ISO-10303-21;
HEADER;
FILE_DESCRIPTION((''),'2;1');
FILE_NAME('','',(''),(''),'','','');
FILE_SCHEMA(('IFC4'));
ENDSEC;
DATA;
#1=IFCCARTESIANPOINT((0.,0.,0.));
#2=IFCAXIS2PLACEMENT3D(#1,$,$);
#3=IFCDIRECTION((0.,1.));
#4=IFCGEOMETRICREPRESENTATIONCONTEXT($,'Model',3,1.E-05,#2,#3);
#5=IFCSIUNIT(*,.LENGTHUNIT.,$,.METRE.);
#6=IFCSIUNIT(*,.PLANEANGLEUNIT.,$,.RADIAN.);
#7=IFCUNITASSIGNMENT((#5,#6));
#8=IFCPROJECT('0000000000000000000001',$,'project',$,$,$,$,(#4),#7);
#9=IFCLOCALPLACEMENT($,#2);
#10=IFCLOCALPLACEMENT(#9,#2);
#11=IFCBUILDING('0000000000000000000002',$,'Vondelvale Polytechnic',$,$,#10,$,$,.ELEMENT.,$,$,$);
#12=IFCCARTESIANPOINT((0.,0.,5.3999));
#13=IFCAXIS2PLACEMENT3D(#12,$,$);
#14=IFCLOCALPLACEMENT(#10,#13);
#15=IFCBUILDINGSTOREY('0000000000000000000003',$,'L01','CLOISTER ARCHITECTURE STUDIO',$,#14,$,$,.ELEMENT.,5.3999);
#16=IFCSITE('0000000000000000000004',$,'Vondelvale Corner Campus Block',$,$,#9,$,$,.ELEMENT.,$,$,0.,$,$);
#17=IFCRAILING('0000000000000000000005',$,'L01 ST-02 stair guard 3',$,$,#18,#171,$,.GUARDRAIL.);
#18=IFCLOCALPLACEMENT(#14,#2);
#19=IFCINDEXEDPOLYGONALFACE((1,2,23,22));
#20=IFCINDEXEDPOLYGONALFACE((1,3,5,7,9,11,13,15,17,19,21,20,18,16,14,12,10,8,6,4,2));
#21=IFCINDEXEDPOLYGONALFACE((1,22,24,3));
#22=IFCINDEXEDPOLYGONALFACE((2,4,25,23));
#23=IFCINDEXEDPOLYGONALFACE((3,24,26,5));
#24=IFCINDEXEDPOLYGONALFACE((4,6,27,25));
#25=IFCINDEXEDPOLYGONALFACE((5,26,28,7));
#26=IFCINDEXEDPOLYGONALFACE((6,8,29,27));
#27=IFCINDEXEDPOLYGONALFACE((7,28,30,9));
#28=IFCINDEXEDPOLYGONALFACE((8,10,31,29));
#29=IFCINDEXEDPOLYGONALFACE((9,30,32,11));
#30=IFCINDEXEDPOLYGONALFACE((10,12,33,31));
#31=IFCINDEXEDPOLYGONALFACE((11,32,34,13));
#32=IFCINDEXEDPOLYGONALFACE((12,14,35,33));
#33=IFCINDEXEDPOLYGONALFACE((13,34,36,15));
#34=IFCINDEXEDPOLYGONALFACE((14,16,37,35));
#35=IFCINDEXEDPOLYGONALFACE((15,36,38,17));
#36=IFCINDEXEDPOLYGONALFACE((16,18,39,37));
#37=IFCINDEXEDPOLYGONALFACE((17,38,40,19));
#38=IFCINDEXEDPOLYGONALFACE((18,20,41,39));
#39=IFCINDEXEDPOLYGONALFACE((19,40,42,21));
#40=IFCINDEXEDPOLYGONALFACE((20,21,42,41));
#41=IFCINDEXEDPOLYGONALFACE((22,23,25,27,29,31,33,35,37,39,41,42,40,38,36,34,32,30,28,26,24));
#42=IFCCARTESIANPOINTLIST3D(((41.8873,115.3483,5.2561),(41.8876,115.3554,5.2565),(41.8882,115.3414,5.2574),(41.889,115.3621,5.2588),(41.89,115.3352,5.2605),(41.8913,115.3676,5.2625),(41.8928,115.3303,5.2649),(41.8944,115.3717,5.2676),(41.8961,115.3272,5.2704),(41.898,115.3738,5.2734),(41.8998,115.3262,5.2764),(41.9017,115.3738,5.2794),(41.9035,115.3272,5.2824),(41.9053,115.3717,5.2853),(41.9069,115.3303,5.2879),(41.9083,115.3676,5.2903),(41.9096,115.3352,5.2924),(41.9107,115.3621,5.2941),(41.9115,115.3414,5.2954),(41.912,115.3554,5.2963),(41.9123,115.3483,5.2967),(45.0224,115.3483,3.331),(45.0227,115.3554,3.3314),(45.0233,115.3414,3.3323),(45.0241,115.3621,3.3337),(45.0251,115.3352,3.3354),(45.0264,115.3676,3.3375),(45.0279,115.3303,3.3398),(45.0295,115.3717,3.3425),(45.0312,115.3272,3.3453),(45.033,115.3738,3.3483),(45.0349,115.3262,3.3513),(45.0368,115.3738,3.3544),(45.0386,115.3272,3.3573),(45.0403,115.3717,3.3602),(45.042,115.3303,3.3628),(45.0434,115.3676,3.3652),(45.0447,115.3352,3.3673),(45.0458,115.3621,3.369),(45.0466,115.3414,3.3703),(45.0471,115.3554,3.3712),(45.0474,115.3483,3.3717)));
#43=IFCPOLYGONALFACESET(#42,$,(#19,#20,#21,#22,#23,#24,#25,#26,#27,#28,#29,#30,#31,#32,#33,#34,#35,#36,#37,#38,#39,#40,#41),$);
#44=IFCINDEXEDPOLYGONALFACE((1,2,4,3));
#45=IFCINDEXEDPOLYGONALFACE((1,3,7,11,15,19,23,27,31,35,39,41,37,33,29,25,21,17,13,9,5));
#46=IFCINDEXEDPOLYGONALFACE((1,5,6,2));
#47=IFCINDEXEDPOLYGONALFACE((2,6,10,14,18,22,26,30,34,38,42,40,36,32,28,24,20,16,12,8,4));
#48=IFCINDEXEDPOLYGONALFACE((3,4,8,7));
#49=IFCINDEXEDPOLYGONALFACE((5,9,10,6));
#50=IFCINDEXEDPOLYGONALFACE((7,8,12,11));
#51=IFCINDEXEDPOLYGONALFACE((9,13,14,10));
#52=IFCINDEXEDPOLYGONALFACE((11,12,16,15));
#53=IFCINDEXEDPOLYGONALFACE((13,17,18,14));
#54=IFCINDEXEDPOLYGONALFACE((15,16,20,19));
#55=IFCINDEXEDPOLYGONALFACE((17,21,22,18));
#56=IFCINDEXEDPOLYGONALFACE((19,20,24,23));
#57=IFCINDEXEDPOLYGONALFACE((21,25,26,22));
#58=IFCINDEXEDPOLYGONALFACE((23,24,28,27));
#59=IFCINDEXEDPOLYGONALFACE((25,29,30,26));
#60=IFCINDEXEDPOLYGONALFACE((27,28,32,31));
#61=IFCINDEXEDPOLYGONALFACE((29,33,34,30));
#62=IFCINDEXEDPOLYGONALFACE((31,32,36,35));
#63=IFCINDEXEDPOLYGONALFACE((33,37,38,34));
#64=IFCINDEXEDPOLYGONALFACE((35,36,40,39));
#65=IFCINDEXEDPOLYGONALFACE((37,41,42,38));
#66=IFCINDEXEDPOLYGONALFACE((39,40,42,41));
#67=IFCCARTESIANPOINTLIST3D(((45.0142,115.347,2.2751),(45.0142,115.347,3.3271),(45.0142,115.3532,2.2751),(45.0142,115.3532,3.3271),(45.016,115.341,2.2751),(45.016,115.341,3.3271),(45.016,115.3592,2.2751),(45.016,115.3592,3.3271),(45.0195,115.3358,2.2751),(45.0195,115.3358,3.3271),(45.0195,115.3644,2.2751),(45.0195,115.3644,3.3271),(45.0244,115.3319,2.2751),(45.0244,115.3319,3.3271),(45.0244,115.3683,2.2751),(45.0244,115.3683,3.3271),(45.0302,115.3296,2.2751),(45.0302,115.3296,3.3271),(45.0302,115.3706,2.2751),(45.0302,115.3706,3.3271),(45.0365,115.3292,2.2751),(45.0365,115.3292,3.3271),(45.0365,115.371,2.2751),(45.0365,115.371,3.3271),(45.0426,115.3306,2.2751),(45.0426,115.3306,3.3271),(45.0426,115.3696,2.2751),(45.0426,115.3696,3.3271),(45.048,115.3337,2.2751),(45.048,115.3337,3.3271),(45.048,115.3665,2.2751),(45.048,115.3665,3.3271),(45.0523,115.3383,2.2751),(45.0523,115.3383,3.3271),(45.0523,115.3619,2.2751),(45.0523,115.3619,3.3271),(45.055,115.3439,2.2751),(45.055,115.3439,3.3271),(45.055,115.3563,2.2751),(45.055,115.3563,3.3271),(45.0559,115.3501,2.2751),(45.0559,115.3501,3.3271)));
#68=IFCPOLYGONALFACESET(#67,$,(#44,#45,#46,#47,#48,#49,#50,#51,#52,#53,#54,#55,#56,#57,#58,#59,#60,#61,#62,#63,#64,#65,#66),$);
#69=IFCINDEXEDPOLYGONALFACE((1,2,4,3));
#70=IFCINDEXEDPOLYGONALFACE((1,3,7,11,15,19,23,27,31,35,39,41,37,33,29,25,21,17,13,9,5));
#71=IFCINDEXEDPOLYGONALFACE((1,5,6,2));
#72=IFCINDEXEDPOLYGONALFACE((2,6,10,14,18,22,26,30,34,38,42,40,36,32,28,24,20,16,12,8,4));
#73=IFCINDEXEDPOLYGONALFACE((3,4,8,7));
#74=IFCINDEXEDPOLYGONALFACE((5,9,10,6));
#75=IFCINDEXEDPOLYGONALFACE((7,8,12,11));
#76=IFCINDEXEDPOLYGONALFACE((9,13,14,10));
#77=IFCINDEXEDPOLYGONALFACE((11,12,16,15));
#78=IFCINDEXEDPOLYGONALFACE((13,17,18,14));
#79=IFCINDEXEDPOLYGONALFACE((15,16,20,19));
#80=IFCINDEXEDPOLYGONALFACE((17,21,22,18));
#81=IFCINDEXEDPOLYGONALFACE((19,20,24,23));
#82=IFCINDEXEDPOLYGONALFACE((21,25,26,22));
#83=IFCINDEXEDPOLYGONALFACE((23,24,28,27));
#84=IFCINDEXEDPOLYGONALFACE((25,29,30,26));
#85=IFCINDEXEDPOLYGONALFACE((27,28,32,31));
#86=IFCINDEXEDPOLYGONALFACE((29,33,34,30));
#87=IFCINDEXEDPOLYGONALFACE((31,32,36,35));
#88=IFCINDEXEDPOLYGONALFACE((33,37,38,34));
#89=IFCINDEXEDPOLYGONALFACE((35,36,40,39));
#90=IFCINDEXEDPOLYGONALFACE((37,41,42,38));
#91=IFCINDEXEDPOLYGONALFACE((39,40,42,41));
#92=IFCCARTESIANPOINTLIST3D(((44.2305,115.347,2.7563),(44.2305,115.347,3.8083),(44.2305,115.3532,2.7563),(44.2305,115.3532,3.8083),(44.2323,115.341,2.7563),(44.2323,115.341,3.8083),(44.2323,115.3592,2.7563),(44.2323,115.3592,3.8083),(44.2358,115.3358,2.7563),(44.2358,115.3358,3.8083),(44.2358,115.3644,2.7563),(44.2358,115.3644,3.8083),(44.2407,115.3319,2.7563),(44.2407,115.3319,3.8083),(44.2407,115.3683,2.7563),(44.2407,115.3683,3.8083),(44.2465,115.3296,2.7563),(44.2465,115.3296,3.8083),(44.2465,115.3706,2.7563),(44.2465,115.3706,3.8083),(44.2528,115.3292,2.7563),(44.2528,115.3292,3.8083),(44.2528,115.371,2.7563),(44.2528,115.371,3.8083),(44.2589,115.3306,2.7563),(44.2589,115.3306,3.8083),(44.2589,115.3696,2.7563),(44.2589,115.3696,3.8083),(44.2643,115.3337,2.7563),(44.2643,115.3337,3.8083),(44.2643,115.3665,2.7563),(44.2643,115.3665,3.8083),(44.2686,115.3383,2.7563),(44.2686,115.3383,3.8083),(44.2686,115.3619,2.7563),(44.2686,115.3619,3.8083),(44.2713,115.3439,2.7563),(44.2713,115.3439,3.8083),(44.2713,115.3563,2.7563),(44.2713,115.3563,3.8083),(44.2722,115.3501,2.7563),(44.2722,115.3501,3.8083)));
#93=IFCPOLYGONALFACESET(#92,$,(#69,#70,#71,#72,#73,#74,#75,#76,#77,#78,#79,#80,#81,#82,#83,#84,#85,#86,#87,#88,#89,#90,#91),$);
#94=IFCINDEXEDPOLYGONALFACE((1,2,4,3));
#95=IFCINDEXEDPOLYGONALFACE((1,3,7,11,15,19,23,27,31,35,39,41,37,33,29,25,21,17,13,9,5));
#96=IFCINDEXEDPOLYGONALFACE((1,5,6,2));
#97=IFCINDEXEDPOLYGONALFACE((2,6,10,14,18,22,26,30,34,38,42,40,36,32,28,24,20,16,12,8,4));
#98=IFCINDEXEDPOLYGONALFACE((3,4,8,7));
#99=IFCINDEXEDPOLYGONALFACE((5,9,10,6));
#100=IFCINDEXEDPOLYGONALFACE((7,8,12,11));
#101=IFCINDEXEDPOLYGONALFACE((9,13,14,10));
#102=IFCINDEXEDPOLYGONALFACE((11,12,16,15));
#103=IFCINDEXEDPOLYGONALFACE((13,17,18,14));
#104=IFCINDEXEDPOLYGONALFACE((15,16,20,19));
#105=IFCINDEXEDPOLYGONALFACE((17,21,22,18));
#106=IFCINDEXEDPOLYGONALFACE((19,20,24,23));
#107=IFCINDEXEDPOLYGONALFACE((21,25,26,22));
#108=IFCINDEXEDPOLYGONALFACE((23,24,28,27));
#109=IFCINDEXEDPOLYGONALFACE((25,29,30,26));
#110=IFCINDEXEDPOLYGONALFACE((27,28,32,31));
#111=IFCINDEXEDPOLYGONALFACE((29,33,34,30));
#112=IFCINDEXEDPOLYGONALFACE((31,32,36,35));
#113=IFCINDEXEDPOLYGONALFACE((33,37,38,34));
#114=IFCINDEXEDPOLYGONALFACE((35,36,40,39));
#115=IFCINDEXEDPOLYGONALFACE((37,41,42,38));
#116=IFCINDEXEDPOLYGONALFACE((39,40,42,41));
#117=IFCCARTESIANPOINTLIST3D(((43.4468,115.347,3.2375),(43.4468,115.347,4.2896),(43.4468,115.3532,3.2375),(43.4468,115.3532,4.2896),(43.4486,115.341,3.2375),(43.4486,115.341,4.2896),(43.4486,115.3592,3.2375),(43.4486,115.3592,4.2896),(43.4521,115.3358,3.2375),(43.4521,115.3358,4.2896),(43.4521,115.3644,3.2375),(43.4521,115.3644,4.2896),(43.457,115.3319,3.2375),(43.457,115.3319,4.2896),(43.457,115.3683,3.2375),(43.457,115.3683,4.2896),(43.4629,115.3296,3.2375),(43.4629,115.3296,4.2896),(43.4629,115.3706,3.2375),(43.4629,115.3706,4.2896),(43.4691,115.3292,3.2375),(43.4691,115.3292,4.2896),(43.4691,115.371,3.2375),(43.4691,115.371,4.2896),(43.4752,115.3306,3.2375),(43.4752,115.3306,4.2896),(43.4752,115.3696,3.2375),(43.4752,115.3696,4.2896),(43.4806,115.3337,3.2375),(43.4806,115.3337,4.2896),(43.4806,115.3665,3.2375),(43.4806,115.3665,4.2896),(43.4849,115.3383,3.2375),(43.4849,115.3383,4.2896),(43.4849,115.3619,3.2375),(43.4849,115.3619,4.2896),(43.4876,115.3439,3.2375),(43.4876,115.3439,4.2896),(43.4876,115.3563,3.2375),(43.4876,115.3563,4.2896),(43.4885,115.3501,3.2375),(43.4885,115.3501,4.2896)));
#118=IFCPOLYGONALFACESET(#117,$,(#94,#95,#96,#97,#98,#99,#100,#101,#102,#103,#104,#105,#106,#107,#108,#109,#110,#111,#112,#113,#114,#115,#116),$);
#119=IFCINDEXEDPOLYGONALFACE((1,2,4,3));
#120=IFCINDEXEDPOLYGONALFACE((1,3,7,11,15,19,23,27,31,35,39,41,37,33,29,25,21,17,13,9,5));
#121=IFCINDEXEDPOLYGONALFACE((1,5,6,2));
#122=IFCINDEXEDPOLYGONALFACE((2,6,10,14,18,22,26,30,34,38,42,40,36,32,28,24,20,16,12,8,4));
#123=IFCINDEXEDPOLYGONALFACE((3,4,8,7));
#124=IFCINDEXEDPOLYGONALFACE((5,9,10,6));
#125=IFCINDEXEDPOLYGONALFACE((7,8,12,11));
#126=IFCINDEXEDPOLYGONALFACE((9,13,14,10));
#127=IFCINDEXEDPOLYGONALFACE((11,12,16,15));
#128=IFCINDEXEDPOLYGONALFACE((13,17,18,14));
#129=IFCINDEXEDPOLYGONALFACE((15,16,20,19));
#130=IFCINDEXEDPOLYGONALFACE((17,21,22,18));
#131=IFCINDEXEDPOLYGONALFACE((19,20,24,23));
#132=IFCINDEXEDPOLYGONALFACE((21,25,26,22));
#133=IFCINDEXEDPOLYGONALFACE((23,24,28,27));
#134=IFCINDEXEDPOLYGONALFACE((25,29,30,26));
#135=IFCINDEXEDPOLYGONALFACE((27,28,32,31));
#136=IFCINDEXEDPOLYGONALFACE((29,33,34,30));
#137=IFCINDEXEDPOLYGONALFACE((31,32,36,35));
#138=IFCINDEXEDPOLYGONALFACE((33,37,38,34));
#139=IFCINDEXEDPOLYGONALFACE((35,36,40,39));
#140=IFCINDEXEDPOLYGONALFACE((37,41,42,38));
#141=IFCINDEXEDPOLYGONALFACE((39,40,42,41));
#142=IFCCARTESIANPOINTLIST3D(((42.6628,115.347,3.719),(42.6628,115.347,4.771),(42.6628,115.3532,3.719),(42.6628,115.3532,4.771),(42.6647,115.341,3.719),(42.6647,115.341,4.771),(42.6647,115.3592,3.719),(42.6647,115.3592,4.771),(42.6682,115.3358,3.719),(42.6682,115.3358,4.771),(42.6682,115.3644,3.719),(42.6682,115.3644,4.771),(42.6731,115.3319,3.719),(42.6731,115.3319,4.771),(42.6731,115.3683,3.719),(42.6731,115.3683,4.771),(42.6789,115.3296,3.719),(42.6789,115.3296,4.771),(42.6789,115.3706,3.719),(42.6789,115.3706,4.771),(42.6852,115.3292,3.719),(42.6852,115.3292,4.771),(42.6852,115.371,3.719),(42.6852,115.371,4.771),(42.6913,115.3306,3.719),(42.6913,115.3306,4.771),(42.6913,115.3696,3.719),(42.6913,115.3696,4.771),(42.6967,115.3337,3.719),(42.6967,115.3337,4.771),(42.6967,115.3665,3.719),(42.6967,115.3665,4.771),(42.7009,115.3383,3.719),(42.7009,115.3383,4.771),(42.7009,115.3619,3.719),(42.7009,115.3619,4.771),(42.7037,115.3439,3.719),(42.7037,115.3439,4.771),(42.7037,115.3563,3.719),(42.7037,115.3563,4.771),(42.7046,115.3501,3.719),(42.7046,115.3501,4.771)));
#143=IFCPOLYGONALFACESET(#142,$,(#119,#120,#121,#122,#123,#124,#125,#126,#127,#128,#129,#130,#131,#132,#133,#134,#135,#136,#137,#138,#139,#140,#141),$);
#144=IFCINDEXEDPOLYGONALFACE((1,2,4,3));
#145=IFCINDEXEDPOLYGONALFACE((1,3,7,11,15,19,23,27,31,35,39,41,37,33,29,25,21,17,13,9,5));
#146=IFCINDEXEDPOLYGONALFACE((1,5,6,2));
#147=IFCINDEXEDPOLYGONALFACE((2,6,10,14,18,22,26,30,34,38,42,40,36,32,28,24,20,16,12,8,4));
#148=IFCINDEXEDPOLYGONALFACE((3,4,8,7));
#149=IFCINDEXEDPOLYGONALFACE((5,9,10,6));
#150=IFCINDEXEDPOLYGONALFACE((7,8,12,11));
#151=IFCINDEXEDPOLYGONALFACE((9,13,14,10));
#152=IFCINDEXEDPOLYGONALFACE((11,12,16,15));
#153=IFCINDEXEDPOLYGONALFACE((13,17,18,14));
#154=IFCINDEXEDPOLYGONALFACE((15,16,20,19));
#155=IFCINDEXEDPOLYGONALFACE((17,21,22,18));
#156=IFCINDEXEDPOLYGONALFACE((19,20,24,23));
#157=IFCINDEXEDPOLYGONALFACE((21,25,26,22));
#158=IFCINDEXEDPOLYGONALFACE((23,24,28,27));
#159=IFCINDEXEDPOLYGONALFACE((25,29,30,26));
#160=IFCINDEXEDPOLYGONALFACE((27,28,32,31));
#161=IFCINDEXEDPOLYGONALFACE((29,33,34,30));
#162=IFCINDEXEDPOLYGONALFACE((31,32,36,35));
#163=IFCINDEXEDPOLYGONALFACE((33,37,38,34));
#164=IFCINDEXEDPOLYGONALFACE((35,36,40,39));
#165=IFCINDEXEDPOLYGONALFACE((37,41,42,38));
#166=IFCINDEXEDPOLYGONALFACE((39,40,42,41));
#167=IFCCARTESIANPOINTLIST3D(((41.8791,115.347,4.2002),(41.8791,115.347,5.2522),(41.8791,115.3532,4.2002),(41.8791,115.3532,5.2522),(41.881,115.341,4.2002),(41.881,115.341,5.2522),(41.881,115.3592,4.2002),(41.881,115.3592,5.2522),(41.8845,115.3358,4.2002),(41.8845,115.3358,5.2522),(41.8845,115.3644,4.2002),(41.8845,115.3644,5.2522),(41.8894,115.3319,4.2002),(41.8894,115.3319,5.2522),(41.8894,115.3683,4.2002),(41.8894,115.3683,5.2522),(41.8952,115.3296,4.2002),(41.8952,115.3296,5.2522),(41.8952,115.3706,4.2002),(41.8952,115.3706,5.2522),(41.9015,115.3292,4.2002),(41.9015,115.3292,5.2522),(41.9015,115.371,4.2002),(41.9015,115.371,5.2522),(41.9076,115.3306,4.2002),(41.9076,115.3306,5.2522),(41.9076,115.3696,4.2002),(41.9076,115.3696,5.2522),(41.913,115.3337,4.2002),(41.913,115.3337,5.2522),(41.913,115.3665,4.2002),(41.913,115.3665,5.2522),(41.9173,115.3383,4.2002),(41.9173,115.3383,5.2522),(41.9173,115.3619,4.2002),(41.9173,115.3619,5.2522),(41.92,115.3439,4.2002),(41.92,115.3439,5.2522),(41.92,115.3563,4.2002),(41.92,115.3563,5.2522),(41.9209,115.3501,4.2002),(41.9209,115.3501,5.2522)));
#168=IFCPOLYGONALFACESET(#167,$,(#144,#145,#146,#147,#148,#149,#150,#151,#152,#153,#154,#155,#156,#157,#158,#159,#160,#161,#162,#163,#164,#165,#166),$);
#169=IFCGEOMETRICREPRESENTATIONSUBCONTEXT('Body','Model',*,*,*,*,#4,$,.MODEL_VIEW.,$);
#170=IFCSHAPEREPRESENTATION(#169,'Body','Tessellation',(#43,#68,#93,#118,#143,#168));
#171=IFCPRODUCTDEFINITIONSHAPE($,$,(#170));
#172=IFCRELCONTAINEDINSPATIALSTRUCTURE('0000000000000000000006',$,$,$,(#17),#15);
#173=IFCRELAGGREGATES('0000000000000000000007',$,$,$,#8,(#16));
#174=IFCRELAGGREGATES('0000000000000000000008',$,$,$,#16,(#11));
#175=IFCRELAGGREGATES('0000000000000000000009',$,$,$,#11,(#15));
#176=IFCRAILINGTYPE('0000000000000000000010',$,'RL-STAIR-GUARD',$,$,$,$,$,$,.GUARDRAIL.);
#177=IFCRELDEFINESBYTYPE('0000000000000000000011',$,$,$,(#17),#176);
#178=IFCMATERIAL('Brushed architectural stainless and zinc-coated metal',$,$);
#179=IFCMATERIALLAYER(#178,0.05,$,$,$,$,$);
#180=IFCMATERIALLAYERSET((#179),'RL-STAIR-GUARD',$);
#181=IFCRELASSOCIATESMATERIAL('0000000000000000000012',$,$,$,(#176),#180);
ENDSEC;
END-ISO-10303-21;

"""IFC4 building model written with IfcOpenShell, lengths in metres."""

from ifc_helpers import new_model, si_unit, direction, frame, origin, origin_2d, place, context, subcontext, project, spatial, circle, extrude, material, layer, layer_set, type_object, element, save


model = new_model("IFC4")

# Units and contexts
model_context = context("Model", 3, precision=1e-05, world=origin(), true_north=direction((0.0, 1.0)))
body_context = subcontext(model_context, "Body", "Model", "MODEL_VIEW")
ifc_project = project(units=[si_unit("LENGTHUNIT", "METRE"), si_unit("PLANEANGLEUNIT", "RADIAN")], contexts=[model_context])

# Site, building, storey
site_placement = place(None, origin())
site = spatial("IfcSite", under=ifc_project, at=site_placement, Name="Vondelvale Corner Campus Block", CompositionType="ELEMENT", RefElevation=0.0)
building_placement = place(site_placement, origin())
building = spatial("IfcBuilding", under=site, at=building_placement, Name="Vondelvale Polytechnic", CompositionType="ELEMENT")
storey_placement = place(building_placement, frame((0.0, 0.0, 5.3999)))
storey = spatial("IfcBuildingStorey", under=building, at=storey_placement, Name="L01", Description="CLOISTER ARCHITECTURE STUDIO", CompositionType="ELEMENT", Elevation=5.3999)

# Railing
ifc_material_1 = material(Name="Brushed architectural stainless and zinc-coated metal")
ifc_layer_1 = layer(ifc_material_1, 0.05)
ifc_layer_set_1 = layer_set([ifc_layer_1], Name="RL-STAIR-GUARD")
railing_type_1 = type_object("IfcRailingType", Name="RL-STAIR-GUARD", PredefinedType="GUARDRAIL", material=ifc_layer_set_1)
railing_1_placement = place(storey_placement, frame((45.0349, 115.3501, 2.2751)))
element("IfcRailing", 1, at=railing_1_placement, inside=storey, type_object=railing_type_1, Name="L01 ST-02 stair guard 3", PredefinedType="GUARDRAIL", context=body_context, shape_type="SweptSolid", body=[
    extrude(circle(Radius=0.0239, at=origin_2d()), frame((0.0, 0.0, 1.0762), z_axis=(-0.852166, 0.0, 0.523271), x_axis=(0.0, -1.0, 0.0)), (0.0, 0.0, 1.0), 3.679),
    extrude(circle(Radius=0.021, at=origin_2d()), origin(), (0.0, 0.0, 1.0), 1.052),
    extrude(circle(Radius=0.021, at=origin_2d()), frame((-0.7837, 0.0, 0.4812)), (0.0, 0.0, 1.0), 1.052),
    extrude(circle(Radius=0.021, at=origin_2d()), frame((-1.5674, 0.0, 0.9624)), (0.0, 0.0, 1.0), 1.052),
    extrude(circle(Radius=0.021, at=origin_2d()), frame((-2.3513, 0.0, 1.4438)), (0.0, 0.0, 1.0), 1.052),
    extrude(circle(Radius=0.021, at=origin_2d()), frame((-3.135, 0.0, 1.925)), (0.0, 0.0, 1.0), 1.052),
])

save(model, "model.ifc")
